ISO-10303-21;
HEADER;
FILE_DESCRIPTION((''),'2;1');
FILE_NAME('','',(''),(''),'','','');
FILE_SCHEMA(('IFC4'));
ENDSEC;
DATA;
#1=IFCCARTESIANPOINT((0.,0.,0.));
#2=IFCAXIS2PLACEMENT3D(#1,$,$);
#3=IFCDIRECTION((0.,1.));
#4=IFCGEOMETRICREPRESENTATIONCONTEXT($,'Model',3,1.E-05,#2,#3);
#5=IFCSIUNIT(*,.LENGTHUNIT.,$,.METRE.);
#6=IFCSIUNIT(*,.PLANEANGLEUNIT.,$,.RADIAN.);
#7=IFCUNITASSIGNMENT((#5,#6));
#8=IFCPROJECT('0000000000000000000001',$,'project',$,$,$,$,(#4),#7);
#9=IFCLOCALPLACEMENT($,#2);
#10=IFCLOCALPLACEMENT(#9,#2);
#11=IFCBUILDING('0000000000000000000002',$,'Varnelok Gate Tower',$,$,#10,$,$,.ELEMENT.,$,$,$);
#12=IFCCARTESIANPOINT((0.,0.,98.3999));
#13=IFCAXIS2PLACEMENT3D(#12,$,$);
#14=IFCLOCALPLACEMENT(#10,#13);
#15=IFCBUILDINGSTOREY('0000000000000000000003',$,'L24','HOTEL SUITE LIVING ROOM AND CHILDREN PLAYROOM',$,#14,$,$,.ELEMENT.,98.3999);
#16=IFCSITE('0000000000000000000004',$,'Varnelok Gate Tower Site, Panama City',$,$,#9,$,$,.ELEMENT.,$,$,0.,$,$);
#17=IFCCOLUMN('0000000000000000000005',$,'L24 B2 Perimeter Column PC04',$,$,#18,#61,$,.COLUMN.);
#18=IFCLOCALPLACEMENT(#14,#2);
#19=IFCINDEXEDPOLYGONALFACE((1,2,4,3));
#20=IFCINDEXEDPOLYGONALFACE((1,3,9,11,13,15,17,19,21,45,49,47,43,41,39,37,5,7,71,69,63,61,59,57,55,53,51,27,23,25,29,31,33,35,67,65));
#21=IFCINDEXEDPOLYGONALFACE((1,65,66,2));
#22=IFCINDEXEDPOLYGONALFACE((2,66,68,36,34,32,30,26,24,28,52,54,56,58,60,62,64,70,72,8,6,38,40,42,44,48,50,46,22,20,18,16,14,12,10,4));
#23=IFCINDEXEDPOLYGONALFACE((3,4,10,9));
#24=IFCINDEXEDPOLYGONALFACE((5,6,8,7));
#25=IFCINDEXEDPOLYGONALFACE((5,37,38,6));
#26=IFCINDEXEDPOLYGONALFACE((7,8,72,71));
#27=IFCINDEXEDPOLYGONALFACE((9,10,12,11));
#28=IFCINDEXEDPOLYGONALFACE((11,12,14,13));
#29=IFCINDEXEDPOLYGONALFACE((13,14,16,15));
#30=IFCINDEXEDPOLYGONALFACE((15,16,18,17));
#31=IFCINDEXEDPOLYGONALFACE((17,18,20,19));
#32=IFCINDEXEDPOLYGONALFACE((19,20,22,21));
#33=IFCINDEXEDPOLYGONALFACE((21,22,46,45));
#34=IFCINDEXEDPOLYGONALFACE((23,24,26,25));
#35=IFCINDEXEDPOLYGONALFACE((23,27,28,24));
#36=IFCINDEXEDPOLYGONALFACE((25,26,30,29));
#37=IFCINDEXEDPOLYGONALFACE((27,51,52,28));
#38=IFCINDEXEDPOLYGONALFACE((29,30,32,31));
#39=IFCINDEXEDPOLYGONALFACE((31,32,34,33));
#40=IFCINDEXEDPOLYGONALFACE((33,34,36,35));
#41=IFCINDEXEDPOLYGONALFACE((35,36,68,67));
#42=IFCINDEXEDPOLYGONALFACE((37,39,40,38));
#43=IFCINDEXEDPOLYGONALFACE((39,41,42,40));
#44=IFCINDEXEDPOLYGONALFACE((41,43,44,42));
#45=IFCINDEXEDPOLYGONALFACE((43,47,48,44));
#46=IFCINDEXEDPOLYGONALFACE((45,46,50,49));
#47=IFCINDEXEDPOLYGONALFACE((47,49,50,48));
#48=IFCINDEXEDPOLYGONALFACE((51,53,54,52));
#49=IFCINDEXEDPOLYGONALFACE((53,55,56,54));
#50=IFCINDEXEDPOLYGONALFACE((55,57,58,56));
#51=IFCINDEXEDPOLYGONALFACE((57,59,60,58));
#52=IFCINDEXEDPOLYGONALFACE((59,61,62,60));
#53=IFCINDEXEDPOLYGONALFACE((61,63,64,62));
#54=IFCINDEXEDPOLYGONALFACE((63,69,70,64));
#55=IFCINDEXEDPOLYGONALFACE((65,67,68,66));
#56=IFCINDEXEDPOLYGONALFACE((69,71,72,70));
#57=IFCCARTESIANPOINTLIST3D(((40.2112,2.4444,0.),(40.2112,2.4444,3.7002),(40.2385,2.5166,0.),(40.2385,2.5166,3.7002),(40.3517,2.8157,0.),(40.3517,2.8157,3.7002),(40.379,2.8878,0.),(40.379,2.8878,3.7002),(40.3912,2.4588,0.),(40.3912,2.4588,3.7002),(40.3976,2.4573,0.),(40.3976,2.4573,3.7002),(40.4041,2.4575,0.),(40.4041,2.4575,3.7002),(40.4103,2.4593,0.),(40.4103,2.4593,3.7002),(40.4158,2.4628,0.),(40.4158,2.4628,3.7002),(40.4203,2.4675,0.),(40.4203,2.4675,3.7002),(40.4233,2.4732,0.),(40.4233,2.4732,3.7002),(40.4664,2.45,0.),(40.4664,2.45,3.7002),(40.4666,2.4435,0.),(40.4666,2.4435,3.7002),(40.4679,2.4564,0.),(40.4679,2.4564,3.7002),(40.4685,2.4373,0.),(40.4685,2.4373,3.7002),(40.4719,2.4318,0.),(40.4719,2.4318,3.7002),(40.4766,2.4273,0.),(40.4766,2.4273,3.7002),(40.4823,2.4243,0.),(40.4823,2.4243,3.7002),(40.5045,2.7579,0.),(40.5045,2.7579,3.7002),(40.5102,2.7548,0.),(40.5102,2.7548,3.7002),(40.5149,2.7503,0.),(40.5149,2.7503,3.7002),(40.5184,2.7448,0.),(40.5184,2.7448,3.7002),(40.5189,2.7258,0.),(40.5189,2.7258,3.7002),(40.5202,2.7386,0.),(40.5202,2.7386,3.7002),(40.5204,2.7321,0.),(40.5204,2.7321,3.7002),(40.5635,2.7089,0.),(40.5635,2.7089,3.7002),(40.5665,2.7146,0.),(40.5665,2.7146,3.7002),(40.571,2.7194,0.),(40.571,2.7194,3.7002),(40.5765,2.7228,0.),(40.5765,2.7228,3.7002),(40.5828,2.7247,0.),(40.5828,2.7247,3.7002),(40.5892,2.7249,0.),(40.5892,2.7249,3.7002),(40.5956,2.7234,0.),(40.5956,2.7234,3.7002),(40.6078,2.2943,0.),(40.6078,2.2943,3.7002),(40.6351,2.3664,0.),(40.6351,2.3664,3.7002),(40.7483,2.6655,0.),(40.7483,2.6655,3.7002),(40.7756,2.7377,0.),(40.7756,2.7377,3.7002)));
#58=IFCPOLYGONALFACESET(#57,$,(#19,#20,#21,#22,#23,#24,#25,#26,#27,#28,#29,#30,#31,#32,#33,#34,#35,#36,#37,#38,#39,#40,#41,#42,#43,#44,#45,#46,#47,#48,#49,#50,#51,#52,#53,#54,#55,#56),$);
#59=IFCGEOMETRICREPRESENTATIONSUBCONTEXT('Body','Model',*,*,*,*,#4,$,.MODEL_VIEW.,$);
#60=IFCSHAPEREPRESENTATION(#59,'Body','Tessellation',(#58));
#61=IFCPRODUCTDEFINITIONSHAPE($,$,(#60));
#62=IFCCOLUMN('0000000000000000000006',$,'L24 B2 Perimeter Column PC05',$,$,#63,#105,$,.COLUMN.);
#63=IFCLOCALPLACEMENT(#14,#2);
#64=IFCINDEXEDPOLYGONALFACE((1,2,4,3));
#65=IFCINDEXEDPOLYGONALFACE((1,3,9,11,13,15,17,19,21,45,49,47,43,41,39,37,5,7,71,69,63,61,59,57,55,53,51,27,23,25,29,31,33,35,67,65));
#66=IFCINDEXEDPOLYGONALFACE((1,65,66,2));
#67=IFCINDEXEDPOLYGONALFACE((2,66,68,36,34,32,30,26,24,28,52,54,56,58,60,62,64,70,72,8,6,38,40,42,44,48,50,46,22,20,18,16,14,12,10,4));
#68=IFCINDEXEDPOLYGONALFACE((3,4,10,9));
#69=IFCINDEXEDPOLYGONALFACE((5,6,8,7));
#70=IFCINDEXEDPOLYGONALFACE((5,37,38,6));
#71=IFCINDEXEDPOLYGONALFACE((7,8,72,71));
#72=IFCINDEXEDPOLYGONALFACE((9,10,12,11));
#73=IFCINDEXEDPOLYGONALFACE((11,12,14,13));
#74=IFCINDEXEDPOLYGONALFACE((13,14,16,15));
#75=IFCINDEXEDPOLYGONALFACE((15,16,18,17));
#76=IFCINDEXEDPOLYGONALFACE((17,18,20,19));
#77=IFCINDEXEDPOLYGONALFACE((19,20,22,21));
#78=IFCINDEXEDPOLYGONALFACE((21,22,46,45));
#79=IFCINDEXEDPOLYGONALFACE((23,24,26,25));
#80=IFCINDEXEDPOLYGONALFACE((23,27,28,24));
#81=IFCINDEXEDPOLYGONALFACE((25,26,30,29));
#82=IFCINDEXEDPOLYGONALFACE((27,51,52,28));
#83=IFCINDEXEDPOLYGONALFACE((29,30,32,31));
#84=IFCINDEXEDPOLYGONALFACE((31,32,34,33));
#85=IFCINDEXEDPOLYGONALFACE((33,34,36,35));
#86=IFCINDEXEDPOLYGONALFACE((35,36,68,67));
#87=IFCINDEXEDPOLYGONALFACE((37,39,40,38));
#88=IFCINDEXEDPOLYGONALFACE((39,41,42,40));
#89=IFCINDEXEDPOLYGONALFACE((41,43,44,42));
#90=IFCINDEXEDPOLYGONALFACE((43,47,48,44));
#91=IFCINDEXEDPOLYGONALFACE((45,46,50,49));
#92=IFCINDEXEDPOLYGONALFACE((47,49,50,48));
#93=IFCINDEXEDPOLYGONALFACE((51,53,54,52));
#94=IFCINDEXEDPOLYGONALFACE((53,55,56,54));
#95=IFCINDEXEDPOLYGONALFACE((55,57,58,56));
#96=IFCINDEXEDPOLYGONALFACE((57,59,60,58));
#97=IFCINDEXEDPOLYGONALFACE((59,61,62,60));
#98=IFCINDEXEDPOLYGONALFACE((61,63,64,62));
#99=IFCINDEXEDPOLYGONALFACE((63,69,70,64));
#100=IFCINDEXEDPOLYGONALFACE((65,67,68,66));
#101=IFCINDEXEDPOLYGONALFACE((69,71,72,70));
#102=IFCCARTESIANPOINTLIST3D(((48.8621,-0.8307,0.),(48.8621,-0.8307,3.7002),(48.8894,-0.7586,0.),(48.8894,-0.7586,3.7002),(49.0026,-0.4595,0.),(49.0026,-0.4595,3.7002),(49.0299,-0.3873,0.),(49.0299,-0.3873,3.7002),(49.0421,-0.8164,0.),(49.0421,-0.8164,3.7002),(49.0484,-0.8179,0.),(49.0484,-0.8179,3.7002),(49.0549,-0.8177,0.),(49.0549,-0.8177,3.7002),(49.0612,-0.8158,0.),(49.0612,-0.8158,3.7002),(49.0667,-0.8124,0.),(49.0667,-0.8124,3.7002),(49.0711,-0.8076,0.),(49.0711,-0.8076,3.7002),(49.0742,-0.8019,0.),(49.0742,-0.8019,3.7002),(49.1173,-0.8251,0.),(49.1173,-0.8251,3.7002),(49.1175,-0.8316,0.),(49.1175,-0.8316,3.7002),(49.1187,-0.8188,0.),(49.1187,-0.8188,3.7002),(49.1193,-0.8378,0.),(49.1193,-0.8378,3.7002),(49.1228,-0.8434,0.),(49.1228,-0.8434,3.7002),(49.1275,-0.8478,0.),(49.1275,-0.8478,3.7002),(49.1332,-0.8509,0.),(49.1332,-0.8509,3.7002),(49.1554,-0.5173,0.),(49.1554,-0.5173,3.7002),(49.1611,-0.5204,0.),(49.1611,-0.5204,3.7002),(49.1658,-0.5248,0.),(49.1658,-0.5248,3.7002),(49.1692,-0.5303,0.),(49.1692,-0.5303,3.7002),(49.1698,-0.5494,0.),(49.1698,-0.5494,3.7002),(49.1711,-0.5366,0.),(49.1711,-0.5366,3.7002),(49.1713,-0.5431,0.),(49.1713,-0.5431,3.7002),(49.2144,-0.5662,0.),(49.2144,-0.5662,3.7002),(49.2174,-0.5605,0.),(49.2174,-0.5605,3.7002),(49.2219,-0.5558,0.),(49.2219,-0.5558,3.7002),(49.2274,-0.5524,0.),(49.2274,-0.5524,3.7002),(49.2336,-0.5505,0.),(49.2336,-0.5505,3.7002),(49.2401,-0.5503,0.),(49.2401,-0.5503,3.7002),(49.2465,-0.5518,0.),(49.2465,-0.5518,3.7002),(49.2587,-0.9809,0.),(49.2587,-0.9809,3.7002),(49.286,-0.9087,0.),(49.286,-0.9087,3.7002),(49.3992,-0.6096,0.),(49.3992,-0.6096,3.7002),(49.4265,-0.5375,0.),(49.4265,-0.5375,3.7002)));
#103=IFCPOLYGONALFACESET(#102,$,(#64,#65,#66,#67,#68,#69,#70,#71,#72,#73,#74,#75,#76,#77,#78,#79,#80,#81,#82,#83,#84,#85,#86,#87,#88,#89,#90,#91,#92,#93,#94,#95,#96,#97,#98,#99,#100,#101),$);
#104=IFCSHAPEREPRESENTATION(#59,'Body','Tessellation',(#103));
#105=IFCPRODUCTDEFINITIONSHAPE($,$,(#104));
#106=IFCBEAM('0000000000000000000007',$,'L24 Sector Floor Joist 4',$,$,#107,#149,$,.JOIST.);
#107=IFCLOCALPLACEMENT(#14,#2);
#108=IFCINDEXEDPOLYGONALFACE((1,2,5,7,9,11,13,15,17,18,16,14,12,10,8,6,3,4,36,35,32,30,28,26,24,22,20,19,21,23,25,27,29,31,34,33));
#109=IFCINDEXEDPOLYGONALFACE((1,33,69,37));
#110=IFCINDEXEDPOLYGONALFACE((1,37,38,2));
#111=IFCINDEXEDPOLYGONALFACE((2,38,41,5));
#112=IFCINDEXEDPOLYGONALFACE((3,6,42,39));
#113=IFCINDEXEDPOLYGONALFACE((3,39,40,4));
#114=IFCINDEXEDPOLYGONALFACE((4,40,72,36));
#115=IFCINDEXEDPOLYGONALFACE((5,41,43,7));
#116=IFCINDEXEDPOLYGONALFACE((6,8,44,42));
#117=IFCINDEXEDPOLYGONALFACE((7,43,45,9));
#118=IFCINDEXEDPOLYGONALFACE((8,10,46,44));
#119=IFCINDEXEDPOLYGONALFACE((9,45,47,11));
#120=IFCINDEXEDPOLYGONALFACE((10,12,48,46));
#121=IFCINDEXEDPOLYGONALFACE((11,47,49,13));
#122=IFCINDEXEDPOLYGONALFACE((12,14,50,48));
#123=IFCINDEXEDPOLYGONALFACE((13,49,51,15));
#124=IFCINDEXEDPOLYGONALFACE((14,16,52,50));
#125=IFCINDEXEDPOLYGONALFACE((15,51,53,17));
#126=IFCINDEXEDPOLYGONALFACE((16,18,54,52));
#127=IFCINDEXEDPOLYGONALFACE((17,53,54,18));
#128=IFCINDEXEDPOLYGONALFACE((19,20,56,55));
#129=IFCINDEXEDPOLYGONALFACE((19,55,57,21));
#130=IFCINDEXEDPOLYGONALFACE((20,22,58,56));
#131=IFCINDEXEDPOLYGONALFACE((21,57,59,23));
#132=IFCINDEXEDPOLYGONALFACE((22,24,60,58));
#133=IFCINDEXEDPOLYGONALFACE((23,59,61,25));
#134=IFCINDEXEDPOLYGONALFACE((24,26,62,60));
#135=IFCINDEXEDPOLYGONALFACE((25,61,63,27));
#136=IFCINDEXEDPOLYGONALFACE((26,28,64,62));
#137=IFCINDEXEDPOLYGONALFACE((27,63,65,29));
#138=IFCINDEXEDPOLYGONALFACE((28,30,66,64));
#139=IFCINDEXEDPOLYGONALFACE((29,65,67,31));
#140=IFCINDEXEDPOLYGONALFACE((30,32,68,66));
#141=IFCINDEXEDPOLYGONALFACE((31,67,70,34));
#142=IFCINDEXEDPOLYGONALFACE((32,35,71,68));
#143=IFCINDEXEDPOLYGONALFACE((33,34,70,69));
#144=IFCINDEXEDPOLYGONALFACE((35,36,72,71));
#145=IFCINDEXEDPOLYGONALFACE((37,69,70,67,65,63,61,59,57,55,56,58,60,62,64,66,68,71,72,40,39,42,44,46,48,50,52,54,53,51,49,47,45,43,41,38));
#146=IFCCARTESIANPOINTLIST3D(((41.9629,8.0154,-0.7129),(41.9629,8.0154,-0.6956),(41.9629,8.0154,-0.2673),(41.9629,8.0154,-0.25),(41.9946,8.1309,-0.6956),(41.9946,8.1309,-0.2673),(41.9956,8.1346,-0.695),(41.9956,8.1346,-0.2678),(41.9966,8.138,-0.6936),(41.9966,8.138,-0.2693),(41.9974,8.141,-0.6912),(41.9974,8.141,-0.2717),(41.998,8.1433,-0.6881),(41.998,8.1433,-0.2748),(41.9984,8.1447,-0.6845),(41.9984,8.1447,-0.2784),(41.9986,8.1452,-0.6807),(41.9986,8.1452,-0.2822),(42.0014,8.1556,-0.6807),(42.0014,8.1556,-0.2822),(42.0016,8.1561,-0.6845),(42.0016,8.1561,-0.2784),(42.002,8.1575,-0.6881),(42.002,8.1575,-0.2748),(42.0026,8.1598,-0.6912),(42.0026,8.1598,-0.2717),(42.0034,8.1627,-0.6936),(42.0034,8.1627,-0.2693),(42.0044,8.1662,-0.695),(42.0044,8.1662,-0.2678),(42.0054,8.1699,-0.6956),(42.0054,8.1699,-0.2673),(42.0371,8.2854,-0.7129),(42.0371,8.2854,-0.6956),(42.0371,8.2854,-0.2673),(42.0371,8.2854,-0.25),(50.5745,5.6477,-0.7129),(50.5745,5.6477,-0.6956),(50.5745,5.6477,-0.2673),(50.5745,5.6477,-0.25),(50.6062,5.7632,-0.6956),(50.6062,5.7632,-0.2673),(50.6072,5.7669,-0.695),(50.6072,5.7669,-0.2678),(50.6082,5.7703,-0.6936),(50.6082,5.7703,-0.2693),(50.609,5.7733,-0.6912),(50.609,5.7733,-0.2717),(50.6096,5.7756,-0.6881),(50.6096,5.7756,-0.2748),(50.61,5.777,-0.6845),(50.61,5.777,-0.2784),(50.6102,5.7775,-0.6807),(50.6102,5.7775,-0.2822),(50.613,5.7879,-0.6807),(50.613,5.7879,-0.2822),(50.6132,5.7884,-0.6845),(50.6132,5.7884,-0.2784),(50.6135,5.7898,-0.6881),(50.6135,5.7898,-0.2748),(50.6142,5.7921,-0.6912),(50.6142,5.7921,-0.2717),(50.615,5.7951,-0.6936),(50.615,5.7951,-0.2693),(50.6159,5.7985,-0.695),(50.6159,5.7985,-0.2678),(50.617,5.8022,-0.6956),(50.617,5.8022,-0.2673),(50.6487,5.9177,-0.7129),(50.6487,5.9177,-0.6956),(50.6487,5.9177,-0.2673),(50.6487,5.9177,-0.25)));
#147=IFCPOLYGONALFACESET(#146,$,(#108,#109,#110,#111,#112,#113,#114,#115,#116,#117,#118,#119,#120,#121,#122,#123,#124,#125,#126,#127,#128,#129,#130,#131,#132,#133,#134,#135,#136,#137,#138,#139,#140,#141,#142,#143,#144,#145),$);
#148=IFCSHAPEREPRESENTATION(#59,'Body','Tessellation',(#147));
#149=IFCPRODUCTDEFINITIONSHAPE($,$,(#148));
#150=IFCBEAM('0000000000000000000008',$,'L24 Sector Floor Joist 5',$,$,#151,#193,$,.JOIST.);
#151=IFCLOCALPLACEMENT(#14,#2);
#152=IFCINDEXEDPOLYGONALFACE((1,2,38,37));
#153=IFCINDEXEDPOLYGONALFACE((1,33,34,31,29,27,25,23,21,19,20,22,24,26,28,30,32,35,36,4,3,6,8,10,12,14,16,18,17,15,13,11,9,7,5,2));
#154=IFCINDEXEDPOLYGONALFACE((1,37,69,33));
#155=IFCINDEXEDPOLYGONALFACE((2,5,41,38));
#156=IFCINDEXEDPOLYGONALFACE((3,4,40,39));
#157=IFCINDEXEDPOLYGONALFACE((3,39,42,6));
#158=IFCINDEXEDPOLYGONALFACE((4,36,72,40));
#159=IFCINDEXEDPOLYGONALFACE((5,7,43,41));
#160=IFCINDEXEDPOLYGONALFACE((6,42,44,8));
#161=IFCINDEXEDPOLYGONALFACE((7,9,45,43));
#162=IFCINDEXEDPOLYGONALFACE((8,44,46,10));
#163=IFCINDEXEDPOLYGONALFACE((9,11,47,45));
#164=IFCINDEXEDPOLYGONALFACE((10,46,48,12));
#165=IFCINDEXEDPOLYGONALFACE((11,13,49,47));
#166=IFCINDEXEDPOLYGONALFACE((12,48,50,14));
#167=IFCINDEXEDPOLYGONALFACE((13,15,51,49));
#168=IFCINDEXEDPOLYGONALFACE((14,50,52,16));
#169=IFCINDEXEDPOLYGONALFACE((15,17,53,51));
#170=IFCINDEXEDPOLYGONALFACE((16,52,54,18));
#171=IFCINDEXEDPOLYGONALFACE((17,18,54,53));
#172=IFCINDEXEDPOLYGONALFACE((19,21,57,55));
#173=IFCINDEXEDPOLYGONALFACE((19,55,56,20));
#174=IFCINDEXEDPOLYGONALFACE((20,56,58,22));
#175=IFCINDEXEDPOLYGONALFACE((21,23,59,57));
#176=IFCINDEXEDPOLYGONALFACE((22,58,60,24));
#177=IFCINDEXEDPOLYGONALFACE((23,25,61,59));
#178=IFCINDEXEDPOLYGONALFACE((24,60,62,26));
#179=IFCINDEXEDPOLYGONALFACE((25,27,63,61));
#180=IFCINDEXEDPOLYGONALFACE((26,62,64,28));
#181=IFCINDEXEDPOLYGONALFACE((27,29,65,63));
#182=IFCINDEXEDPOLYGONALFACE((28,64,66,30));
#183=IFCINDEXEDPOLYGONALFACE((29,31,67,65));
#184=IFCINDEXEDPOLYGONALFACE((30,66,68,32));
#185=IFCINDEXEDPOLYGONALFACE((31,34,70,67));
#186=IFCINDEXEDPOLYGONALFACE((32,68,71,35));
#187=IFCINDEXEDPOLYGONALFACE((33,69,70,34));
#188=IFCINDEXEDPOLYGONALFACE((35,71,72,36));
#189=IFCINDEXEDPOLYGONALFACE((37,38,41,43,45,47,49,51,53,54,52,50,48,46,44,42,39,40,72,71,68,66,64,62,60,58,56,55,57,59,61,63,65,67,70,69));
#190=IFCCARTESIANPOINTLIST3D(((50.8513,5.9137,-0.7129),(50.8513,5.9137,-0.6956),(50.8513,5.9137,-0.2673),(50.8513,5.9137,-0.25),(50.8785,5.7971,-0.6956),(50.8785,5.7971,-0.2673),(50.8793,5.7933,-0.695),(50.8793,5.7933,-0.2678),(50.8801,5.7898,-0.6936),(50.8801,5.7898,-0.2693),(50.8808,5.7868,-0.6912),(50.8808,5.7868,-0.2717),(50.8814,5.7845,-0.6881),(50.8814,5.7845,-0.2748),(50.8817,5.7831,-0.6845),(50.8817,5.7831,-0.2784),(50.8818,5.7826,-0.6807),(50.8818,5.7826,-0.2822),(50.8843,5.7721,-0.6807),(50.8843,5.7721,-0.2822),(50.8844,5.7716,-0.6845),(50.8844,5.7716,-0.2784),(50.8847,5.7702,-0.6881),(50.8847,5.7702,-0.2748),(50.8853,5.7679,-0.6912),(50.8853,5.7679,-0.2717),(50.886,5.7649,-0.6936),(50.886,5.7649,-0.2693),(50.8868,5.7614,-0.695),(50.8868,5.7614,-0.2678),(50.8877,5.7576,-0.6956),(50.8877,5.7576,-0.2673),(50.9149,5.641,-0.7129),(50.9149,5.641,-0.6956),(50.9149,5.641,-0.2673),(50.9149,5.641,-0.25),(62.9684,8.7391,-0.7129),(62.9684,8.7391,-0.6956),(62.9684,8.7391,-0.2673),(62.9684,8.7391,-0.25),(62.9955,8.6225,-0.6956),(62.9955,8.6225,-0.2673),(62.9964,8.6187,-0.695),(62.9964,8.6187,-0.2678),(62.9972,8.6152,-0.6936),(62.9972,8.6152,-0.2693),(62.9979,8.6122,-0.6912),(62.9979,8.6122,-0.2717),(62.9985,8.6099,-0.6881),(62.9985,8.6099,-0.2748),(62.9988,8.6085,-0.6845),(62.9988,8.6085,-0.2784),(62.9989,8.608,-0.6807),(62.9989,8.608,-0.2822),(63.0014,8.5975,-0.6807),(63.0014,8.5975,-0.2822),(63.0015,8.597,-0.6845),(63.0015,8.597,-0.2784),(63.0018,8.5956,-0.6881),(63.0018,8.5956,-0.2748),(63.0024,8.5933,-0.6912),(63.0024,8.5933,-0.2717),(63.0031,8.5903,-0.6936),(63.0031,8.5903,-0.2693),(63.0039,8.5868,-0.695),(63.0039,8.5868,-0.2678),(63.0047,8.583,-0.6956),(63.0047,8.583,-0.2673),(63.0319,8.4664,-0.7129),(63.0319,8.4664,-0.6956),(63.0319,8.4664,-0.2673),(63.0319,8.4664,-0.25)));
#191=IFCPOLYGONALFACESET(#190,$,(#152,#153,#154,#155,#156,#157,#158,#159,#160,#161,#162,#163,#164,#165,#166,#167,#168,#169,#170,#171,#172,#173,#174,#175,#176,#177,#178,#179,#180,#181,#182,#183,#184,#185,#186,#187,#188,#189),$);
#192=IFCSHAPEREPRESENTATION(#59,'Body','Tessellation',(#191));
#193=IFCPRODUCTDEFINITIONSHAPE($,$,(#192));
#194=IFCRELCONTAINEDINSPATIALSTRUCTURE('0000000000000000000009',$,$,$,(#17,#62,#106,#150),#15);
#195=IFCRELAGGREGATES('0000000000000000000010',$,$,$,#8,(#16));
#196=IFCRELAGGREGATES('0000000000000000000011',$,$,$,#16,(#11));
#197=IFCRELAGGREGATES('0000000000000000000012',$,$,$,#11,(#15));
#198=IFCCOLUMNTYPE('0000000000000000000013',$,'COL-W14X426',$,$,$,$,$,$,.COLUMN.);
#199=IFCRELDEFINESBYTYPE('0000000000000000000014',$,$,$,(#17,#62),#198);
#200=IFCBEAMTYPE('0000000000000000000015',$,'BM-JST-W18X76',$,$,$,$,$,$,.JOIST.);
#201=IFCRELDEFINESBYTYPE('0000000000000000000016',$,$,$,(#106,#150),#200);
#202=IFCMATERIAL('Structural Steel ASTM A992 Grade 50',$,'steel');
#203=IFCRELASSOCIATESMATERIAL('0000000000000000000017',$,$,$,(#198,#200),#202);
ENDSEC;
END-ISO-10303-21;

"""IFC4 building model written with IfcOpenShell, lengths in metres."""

from ifc_helpers import new_model, si_unit, direction, frame, origin, origin_2d, place, context, subcontext, project, spatial, i_section, extrude, material, material_profile, profile_set, type_object, element, save


model = new_model("IFC4")

# Units and contexts
model_context = context("Model", 3, precision=1e-05, world=origin(), true_north=direction((0.0, 1.0)))
body_context = subcontext(model_context, "Body", "Model", "MODEL_VIEW")
ifc_project = project(units=[si_unit("LENGTHUNIT", "METRE"), si_unit("PLANEANGLEUNIT", "RADIAN")], contexts=[model_context])

# Site, building, storey
site_placement = place(None, origin())
site = spatial("IfcSite", under=ifc_project, at=site_placement, Name="Varnelok Gate Tower Site, Panama City", CompositionType="ELEMENT", RefElevation=0.0)
building_placement = place(site_placement, origin())
building = spatial("IfcBuilding", under=site, at=building_placement, Name="Varnelok Gate Tower", CompositionType="ELEMENT")
storey_placement = place(building_placement, frame((0.0, 0.0, 98.3999)))
storey = spatial("IfcBuildingStorey", under=building, at=storey_placement, Name="L24", Description="HOTEL SUITE LIVING ROOM AND CHILDREN PLAYROOM", CompositionType="ELEMENT", Elevation=98.3999)

# Columns
ifc_material_1 = material(Name="Structural Steel ASTM A992 Grade 50", Category="steel")
ifc_material_profile_1 = material_profile(ifc_material_1, i_section(OverallWidth=0.4241, OverallDepth=0.4741, WebThickness=0.0476, FlangeThickness=0.0771, FilletRadius=0.0249, at=origin_2d()), Name="W14X426")
ifc_profile_set_1 = profile_set([ifc_material_profile_1], Name="Structural Steel ASTM A992 Grade 50")
column_type = type_object("IfcColumnType", Name="COL-W14X426", PredefinedType="COLUMN", material=ifc_profile_set_1)
for number, where, z_axis, x_axis, name in (
    (1, (40.4934, 2.5911, 0.0), (0.0, 0.0, 1.0), (0.935222, -0.354063, 0.0), "L24 B2 Perimeter Column PC04"),
    (2, (49.1443, -0.6841, 0.0), (0.0, 0.0, 1.0), (0.935222, -0.354063, 0.0), "L24 B2 Perimeter Column PC05"),
):
    element("IfcColumn", number, at=place(storey_placement, frame(where, z_axis=z_axis, x_axis=x_axis)), inside=storey, type_object=column_type, Name=name, PredefinedType="COLUMN", context=body_context, shape_type="SweptSolid", body=[
        extrude(i_section(OverallWidth=0.4241, OverallDepth=0.4741, WebThickness=0.0476, FlangeThickness=0.0771, FilletRadius=0.0249, at=origin_2d()), origin(), (0.0, 0.0, 1.0), 3.7002),
    ])

# Beams
ifc_material_profile_2 = material_profile(ifc_material_1, i_section(OverallWidth=0.28, OverallDepth=0.4629, WebThickness=0.0107, FlangeThickness=0.0173, FilletRadius=0.0149, at=origin_2d()), Name="W18X76")
ifc_profile_set_2 = profile_set([ifc_material_profile_2], Name="Structural Steel ASTM A992 Grade 50")
beam_type_1 = type_object("IfcBeamType", Name="BM-JST-W18X76", PredefinedType="JOIST", material=ifc_profile_set_2)
beam_1_placement = place(storey_placement, frame((42.0, 8.1504, -0.4814), z_axis=(0.96422, -0.265104, 0.0), x_axis=(0.265104, 0.96422, 0.0)))
element("IfcBeam", 3, at=beam_1_placement, inside=storey, type_object=beam_type_1, Name="L24 Sector Floor Joist 4", PredefinedType="JOIST", context=body_context, shape_type="SweptSolid", body=[
    extrude(i_section(OverallWidth=0.28, OverallDepth=0.4629, WebThickness=0.0107, FlangeThickness=0.0173, FilletRadius=0.0149, at=origin_2d()), origin(), (0.0, 0.0, 1.0), 8.9312),
])
beam_2_placement = place(storey_placement, frame((50.8831, 5.7773, -0.4814), z_axis=(0.973875, 0.227084, 0.0), x_axis=(-0.227084, 0.973875, 0.0)))
element("IfcBeam", 4, at=beam_2_placement, inside=storey, type_object=beam_type_1, Name="L24 Sector Floor Joist 5", PredefinedType="JOIST", context=body_context, shape_type="SweptSolid", body=[
    extrude(i_section(OverallWidth=0.28, OverallDepth=0.4629, WebThickness=0.0107, FlangeThickness=0.0173, FilletRadius=0.0149, at=origin_2d()), origin(), (0.0, 0.0, 1.0), 12.4421),
])

save(model, "model.ifc")
